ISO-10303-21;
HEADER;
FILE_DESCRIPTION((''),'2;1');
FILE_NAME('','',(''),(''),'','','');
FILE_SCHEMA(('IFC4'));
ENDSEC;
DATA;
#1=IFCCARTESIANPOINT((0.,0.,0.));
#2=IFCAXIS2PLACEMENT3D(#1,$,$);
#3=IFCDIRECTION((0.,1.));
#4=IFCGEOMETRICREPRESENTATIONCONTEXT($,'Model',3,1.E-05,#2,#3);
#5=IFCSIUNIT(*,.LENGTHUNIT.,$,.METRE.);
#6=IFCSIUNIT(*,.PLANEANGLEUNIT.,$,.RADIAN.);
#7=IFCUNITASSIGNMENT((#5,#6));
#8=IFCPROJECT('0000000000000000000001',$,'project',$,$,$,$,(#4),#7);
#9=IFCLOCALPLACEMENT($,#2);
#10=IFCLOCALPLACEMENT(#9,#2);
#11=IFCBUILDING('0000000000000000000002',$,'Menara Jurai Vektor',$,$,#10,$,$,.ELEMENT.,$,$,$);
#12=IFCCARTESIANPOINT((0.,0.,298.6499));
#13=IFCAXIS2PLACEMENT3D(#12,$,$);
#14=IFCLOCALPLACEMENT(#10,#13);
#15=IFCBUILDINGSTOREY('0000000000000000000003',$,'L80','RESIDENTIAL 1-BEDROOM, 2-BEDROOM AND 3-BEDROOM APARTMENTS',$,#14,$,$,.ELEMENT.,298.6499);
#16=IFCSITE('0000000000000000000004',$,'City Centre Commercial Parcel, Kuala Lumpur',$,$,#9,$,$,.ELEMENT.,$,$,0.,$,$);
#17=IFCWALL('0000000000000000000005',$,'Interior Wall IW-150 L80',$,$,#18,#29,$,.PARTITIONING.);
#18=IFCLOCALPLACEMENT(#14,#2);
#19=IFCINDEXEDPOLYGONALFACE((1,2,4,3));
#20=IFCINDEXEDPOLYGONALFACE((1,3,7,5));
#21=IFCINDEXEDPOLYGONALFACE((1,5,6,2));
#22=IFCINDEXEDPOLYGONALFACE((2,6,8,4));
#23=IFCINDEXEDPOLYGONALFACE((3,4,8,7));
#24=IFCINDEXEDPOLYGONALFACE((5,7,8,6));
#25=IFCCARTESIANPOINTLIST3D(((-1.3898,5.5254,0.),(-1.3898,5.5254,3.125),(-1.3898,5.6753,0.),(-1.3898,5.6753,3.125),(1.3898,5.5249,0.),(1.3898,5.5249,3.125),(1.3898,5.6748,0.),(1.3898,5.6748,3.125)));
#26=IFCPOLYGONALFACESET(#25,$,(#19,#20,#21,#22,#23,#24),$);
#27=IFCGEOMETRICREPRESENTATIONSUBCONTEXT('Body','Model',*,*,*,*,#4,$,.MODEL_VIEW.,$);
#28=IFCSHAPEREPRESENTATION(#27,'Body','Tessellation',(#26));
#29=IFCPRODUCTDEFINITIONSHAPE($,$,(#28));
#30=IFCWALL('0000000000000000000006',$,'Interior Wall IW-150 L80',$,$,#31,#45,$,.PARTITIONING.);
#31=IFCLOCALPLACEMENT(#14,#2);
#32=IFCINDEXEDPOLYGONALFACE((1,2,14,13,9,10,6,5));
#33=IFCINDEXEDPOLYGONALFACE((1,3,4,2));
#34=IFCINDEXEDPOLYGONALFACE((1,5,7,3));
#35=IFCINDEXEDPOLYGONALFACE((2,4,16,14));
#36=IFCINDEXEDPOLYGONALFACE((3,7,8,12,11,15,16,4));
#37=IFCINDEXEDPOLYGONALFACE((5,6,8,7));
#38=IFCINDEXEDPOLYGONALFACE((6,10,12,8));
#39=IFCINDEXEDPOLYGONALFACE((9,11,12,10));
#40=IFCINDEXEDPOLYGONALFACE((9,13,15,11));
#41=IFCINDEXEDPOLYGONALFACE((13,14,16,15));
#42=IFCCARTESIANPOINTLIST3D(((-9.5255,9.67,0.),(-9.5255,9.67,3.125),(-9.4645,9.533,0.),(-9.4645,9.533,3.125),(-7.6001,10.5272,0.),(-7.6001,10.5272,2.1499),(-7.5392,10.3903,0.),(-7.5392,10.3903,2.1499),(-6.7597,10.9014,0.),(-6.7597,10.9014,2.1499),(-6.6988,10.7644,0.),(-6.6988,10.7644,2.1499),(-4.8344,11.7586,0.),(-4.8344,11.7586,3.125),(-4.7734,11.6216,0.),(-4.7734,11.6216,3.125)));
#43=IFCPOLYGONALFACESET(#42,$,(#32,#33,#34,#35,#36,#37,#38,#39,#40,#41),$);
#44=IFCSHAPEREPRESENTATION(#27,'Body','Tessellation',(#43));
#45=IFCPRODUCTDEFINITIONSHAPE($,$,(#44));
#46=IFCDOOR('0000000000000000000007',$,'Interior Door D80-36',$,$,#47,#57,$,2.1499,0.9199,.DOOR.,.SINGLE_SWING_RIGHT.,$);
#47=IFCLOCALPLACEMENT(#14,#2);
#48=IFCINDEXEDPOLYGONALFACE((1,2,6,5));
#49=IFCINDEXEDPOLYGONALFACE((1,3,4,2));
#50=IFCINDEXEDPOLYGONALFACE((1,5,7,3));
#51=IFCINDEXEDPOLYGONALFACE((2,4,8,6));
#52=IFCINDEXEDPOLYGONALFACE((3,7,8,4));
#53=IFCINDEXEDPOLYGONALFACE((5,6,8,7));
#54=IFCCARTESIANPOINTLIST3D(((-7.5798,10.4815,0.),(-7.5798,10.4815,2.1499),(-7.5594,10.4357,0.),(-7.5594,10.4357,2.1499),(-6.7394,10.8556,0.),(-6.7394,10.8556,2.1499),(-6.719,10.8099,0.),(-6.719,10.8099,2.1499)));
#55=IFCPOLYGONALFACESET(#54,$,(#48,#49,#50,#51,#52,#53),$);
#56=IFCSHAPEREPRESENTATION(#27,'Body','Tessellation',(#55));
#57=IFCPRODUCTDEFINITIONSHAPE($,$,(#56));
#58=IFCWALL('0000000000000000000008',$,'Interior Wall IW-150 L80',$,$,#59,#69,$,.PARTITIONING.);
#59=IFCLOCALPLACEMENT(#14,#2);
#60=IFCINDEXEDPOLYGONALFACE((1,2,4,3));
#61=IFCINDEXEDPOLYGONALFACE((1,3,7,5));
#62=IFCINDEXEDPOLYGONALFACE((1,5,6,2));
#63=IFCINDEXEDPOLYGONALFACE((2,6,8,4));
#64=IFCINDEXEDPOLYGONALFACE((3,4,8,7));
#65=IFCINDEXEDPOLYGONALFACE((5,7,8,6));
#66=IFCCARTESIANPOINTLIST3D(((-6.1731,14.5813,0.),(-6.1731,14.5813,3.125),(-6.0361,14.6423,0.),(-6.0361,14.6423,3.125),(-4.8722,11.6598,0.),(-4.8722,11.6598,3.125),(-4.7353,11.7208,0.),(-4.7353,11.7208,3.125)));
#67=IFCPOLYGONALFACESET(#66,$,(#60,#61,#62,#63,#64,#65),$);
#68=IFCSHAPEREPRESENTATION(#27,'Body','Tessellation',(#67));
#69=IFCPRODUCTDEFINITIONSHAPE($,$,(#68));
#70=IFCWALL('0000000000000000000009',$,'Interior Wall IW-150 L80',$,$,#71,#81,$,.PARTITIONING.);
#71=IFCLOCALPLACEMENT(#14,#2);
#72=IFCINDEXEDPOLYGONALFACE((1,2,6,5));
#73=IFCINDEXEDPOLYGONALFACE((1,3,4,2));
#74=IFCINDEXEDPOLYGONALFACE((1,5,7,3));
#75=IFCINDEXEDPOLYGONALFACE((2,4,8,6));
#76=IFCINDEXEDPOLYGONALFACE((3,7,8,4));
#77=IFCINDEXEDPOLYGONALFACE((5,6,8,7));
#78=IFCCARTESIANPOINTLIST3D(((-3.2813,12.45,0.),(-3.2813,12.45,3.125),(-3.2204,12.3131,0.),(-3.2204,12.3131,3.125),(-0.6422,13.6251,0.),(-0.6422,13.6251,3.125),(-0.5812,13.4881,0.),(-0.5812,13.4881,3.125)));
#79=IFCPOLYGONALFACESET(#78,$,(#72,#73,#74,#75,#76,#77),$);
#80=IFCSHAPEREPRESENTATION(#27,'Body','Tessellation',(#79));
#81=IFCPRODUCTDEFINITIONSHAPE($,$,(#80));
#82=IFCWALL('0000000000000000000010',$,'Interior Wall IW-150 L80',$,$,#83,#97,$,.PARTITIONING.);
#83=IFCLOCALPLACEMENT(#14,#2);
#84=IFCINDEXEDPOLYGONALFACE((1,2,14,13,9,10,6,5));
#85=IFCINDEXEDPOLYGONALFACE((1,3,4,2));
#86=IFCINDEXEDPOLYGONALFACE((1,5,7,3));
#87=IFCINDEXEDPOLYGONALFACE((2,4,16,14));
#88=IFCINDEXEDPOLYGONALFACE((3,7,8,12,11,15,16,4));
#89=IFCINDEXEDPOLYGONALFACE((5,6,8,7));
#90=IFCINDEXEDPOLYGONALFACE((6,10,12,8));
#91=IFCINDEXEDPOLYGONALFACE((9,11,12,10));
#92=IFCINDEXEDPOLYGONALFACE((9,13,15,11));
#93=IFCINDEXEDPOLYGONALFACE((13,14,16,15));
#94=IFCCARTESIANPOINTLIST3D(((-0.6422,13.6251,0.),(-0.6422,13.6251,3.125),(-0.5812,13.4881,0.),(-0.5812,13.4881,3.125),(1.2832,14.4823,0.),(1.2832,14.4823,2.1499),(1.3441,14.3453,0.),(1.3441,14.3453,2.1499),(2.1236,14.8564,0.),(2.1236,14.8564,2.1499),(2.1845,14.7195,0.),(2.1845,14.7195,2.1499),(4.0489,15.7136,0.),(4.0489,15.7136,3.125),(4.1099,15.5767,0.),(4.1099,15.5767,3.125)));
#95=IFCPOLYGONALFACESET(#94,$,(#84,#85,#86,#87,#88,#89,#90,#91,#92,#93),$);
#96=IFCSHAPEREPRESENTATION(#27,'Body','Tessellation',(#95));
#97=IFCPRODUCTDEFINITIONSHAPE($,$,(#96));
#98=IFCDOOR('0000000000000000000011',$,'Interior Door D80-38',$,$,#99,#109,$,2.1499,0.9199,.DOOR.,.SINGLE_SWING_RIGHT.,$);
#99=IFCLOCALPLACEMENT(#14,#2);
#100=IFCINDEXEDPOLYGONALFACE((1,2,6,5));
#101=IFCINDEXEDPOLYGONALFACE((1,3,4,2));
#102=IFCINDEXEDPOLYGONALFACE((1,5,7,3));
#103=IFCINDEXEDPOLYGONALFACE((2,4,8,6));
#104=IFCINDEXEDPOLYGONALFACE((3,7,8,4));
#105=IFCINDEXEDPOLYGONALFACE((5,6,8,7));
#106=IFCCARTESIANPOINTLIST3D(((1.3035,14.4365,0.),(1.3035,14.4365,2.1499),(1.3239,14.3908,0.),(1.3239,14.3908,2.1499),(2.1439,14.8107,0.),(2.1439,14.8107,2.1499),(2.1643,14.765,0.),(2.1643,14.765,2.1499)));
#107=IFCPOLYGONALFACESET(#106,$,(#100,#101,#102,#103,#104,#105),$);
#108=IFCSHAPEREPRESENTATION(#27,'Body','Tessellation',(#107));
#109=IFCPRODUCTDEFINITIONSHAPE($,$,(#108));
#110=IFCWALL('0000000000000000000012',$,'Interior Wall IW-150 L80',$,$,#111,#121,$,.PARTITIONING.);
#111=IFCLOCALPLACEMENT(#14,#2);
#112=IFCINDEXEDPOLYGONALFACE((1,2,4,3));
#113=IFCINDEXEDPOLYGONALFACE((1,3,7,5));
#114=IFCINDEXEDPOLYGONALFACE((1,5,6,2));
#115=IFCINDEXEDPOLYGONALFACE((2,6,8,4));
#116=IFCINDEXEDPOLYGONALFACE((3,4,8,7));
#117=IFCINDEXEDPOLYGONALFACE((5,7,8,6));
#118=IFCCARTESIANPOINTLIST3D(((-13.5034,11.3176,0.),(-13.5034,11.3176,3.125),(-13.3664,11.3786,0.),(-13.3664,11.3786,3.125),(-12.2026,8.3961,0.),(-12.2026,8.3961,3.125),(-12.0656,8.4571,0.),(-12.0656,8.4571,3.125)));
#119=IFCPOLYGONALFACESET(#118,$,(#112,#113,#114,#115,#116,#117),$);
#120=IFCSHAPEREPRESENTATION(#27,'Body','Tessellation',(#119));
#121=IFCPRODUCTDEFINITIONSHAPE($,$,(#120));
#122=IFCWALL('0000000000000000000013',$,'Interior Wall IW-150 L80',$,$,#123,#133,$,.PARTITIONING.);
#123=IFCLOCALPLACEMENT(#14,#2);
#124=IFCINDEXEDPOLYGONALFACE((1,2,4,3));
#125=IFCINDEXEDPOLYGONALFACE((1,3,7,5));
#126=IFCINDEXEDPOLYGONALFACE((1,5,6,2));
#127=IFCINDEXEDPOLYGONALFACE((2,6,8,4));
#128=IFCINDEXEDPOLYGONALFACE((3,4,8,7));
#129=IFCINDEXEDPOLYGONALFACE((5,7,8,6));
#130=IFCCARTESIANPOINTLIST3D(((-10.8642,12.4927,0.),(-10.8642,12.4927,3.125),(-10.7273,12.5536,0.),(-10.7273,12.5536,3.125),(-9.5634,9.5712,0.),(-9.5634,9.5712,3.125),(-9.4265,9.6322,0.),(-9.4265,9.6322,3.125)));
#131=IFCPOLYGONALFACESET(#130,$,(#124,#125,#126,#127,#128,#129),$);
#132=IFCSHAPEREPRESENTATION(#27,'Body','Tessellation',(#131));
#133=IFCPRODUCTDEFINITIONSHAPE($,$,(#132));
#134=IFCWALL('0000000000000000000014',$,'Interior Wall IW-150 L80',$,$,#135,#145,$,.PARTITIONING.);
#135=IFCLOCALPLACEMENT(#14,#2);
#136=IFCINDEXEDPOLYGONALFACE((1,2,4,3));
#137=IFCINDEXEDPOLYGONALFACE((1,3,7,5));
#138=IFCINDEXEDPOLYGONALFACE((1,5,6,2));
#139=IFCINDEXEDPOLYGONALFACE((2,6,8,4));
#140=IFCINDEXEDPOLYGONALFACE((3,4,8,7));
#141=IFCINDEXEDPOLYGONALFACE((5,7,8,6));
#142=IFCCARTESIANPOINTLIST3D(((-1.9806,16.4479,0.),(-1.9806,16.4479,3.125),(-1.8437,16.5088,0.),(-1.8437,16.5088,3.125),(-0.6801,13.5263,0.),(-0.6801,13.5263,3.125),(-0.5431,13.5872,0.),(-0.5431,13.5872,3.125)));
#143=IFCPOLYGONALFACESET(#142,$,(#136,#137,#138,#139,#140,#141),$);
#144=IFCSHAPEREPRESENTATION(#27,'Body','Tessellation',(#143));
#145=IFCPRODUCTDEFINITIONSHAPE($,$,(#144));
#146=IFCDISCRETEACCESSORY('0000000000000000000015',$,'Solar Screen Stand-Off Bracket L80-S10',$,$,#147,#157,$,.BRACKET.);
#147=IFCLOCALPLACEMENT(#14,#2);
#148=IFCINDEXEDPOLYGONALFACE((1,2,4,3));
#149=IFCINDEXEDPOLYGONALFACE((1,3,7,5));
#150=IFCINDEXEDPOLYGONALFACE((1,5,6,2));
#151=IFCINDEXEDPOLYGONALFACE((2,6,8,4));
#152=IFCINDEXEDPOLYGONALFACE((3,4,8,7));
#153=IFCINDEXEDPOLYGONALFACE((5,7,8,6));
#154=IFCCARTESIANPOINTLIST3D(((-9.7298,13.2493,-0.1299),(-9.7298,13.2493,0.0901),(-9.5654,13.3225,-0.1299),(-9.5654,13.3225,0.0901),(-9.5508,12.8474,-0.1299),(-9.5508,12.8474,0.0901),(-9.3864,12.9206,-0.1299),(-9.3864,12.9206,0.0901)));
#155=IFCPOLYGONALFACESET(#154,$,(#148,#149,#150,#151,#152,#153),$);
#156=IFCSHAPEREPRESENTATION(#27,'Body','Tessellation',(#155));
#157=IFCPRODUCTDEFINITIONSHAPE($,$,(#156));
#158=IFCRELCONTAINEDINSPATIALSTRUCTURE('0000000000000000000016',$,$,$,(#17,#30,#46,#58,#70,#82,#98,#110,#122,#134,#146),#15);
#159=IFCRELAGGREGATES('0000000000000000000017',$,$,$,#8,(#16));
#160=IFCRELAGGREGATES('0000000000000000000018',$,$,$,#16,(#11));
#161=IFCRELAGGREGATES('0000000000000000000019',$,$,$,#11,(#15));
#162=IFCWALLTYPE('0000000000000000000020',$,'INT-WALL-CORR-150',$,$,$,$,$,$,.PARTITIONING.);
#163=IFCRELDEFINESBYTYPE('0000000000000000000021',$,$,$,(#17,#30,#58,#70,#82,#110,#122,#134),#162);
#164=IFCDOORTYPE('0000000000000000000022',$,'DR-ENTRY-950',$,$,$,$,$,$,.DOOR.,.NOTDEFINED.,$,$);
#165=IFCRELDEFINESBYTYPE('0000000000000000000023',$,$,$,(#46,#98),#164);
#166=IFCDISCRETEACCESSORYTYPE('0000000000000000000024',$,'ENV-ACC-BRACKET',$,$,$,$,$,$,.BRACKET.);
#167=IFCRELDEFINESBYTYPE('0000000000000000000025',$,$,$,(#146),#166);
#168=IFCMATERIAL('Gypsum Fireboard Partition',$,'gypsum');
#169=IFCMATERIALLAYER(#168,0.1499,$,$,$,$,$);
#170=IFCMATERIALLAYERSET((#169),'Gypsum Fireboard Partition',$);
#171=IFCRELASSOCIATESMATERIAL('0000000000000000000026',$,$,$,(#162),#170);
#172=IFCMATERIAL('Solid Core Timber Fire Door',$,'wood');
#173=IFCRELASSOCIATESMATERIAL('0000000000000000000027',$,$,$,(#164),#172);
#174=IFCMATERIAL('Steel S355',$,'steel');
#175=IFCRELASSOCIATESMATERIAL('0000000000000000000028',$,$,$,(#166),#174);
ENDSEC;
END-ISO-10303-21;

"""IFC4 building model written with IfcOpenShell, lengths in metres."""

from ifc_helpers import new_model, si_unit, direction, frame, frame_2d, origin, origin_2d, place, context, subcontext, project, spatial, rectangle, extrude, material, layer, layer_set, type_object, element, fill, save


model = new_model("IFC4")

# Units and contexts
model_context = context("Model", 3, precision=1e-05, world=origin(), true_north=direction((0.0, 1.0)))
body_context = subcontext(model_context, "Body", "Model", "MODEL_VIEW")
ifc_project = project(units=[si_unit("LENGTHUNIT", "METRE"), si_unit("PLANEANGLEUNIT", "RADIAN")], contexts=[model_context])

# Site, building, storey
site_placement = place(None, origin())
site = spatial("IfcSite", under=ifc_project, at=site_placement, Name="City Centre Commercial Parcel, Kuala Lumpur", CompositionType="ELEMENT", RefElevation=0.0)
building_placement = place(site_placement, origin())
building = spatial("IfcBuilding", under=site, at=building_placement, Name="Menara Jurai Vektor", CompositionType="ELEMENT")
storey_placement = place(building_placement, frame((0.0, 0.0, 298.6499)))
storey = spatial("IfcBuildingStorey", under=building, at=storey_placement, Name="L80", Description="RESIDENTIAL 1-BEDROOM, 2-BEDROOM AND 3-BEDROOM APARTMENTS", CompositionType="ELEMENT", Elevation=298.6499)

# Shared definitions
ifc_material_1 = material(Name="Steel S355", Category="steel")

# Wall
ifc_material_2 = material(Name="Gypsum Fireboard Partition", Category="gypsum")
ifc_layer_1 = layer(ifc_material_2, 0.1499)
ifc_layer_set_1 = layer_set([ifc_layer_1], Name="Gypsum Fireboard Partition")
wall_type = type_object("IfcWallType", Name="INT-WALL-CORR-150", PredefinedType="PARTITIONING", material=ifc_layer_set_1)
wall_1_placement = place(storey_placement, frame((-1.3896, 5.6003, 0.0), z_axis=(0.0, 0.0, 1.0), x_axis=(1.0, -0.000176, 0.0)))
element("IfcWall", 1, at=wall_1_placement, inside=storey, type_object=wall_type, Name="Interior Wall IW-150 L80", PredefinedType="PARTITIONING", context=body_context, shape_type="SweptSolid", body=[
    extrude(rectangle(XDim=2.7795, YDim=0.1499, at=frame_2d((1.3896, 0.0))), origin(), (0.0, 0.0, 1.0), 3.125),
])

# Wall, opening, door
wall_2_placement = place(storey_placement, frame((-9.4949, 9.6016, 0.0), z_axis=(0.0, 0.0, 1.0), x_axis=(0.913547, 0.406734, 0.0)))
wall_2 = element("IfcWall", 2, at=wall_2_placement, inside=storey, type_object=wall_type, Name="Interior Wall IW-150 L80", PredefinedType="PARTITIONING", context=body_context, shape_type="SweptSolid", body=[
    extrude(rectangle(XDim=5.135, YDim=0.1499, at=frame_2d((2.5674, 0.0))), origin(), (0.0, 0.0, 1.0), 3.125),
])
opening_1_placement = place(wall_2_placement, frame((2.1074, 0.0, 0.0)))
opening_1 = element("IfcOpeningElement", 3, at=opening_1_placement, cuts=wall_2, PredefinedType="OPENING", context=body_context, shape_type="SweptSolid", body=[
    extrude(rectangle(XDim=0.9199, YDim=2.1499, at=frame_2d((0.46, 1.075))), frame((0.0, 0.085, 0.0), z_axis=(0.0, -1.0, 0.0), x_axis=(1.0, 0.0, 0.0)), (0.0, 0.0, 1.0), 0.1699),
])
ifc_material_3 = material(Name="Solid Core Timber Fire Door", Category="wood")
door_type = type_object("IfcDoorType", Name="DR-ENTRY-950", OperationType="NOTDEFINED", PredefinedType="DOOR", material=ifc_material_3)
door_1_placement = place(opening_1_placement, origin())
door_1 = element("IfcDoor", 4, at=door_1_placement, inside=storey, type_object=door_type, Name="Interior Door D80-36", OperationType="SINGLE_SWING_RIGHT", OverallHeight=2.1499, OverallWidth=0.9199, PredefinedType="DOOR", context=body_context, shape_type="SweptSolid", body=[
    extrude(rectangle(XDim=0.9199, YDim=2.1499, at=frame_2d((0.46, 1.075))), frame((0.0, 0.0249, 0.0), z_axis=(0.0, -1.0, 0.0), x_axis=(1.0, 0.0, 0.0)), (0.0, 0.0, 1.0), 0.05),
])
fill(opening_1, door_1)

# Wall
wall_3_placement = place(storey_placement, frame((-4.8037, 11.6902, 0.0), z_axis=(0.0, 0.0, 1.0), x_axis=(-0.406762, 0.913534, 0.0)))
element("IfcWall", 5, at=wall_3_placement, inside=storey, type_object=wall_type, Name="Interior Wall IW-150 L80", PredefinedType="PARTITIONING", context=body_context, shape_type="SweptSolid", body=[
    extrude(rectangle(XDim=3.198, YDim=0.1499, at=frame_2d((1.5991, 0.0))), origin(), (0.0, 0.0, 1.0), 3.125),
])

# Wall
wall_4_placement = place(storey_placement, frame((-3.2507, 12.3816, 0.0), z_axis=(0.0, 0.0, 1.0), x_axis=(0.913543, 0.406742, 0.0)))
element("IfcWall", 6, at=wall_4_placement, inside=storey, type_object=wall_type, Name="Interior Wall IW-150 L80", PredefinedType="PARTITIONING", context=body_context, shape_type="SweptSolid", body=[
    extrude(rectangle(XDim=2.8889, YDim=0.1499, at=frame_2d((1.4443, 0.0))), origin(), (0.0, 0.0, 1.0), 3.125),
])

# Wall, opening, door
wall_5_placement = place(storey_placement, frame((-0.6116, 13.5566, 0.0), z_axis=(0.0, 0.0, 1.0), x_axis=(0.913547, 0.406734, 0.0)))
wall_5 = element("IfcWall", 7, at=wall_5_placement, inside=storey, type_object=wall_type, Name="Interior Wall IW-150 L80", PredefinedType="PARTITIONING", context=body_context, shape_type="SweptSolid", body=[
    extrude(rectangle(XDim=5.135, YDim=0.1499, at=frame_2d((2.5674, 0.0))), origin(), (0.0, 0.0, 1.0), 3.125),
])
opening_2_placement = place(wall_5_placement, frame((2.1074, 0.0, 0.0)))
opening_2 = element("IfcOpeningElement", 8, at=opening_2_placement, cuts=wall_5, PredefinedType="OPENING", context=body_context, shape_type="SweptSolid", body=[
    extrude(rectangle(XDim=0.9199, YDim=2.1499, at=frame_2d((0.46, 1.075))), frame((0.0, 0.085, 0.0), z_axis=(0.0, -1.0, 0.0), x_axis=(1.0, 0.0, 0.0)), (0.0, 0.0, 1.0), 0.1699),
])
door_2_placement = place(opening_2_placement, origin())
door_2 = element("IfcDoor", 9, at=door_2_placement, inside=storey, type_object=door_type, Name="Interior Door D80-38", OperationType="SINGLE_SWING_RIGHT", OverallHeight=2.1499, OverallWidth=0.9199, PredefinedType="DOOR", context=body_context, shape_type="SweptSolid", body=[
    extrude(rectangle(XDim=0.9199, YDim=2.1499, at=frame_2d((0.46, 1.075))), frame((0.0, 0.0249, 0.0), z_axis=(0.0, -1.0, 0.0), x_axis=(1.0, 0.0, 0.0)), (0.0, 0.0, 1.0), 0.05),
])
fill(opening_2, door_2)

# Walls
for number, where, z_axis, x_axis, name in (
    (10, (-12.134, 8.4265, 0.0), (0.0, 0.0, 1.0), (-0.406762, 0.913534, 0.0), "Interior Wall IW-150 L80"),
    (11, (-9.4949, 9.6016, 0.0), (0.0, 0.0, 1.0), (-0.406762, 0.913534, 0.0), "Interior Wall IW-150 L80"),
    (12, (-0.6116, 13.5566, 0.0), (0.0, 0.0, 1.0), (-0.40667, 0.913575, 0.0), "Interior Wall IW-150 L80"),
):
    element("IfcWall", number, at=place(storey_placement, frame(where, z_axis=z_axis, x_axis=x_axis)), inside=storey, type_object=wall_type, Name=name, PredefinedType="PARTITIONING", context=body_context, shape_type="SweptSolid", body=[
        extrude(rectangle(XDim=3.198, YDim=0.1499, at=frame_2d((1.5991, 0.0))), origin(), (0.0, 0.0, 1.0), 3.125),
    ])

# Discrete accessory
discrete_accessory_type = type_object("IfcDiscreteAccessoryType", Name="ENV-ACC-BRACKET", PredefinedType="BRACKET", material=ifc_material_1)
discrete_accessory_placement = place(storey_placement, frame((-9.5581, 13.085, -0.1299), z_axis=(0.0, 0.0, 1.0), x_axis=(-0.913545, -0.406737, 0.0)))
element("IfcDiscreteAccessory", 13, at=discrete_accessory_placement, inside=storey, type_object=discrete_accessory_type, Name="Solar Screen Stand-Off Bracket L80-S10", PredefinedType="BRACKET", context=body_context, shape_type="SweptSolid", body=[
    extrude(rectangle(XDim=0.1799, YDim=0.4399, at=origin_2d()), origin(), (0.0, 0.0, 1.0), 0.22),
])

save(model, "model.ifc")
